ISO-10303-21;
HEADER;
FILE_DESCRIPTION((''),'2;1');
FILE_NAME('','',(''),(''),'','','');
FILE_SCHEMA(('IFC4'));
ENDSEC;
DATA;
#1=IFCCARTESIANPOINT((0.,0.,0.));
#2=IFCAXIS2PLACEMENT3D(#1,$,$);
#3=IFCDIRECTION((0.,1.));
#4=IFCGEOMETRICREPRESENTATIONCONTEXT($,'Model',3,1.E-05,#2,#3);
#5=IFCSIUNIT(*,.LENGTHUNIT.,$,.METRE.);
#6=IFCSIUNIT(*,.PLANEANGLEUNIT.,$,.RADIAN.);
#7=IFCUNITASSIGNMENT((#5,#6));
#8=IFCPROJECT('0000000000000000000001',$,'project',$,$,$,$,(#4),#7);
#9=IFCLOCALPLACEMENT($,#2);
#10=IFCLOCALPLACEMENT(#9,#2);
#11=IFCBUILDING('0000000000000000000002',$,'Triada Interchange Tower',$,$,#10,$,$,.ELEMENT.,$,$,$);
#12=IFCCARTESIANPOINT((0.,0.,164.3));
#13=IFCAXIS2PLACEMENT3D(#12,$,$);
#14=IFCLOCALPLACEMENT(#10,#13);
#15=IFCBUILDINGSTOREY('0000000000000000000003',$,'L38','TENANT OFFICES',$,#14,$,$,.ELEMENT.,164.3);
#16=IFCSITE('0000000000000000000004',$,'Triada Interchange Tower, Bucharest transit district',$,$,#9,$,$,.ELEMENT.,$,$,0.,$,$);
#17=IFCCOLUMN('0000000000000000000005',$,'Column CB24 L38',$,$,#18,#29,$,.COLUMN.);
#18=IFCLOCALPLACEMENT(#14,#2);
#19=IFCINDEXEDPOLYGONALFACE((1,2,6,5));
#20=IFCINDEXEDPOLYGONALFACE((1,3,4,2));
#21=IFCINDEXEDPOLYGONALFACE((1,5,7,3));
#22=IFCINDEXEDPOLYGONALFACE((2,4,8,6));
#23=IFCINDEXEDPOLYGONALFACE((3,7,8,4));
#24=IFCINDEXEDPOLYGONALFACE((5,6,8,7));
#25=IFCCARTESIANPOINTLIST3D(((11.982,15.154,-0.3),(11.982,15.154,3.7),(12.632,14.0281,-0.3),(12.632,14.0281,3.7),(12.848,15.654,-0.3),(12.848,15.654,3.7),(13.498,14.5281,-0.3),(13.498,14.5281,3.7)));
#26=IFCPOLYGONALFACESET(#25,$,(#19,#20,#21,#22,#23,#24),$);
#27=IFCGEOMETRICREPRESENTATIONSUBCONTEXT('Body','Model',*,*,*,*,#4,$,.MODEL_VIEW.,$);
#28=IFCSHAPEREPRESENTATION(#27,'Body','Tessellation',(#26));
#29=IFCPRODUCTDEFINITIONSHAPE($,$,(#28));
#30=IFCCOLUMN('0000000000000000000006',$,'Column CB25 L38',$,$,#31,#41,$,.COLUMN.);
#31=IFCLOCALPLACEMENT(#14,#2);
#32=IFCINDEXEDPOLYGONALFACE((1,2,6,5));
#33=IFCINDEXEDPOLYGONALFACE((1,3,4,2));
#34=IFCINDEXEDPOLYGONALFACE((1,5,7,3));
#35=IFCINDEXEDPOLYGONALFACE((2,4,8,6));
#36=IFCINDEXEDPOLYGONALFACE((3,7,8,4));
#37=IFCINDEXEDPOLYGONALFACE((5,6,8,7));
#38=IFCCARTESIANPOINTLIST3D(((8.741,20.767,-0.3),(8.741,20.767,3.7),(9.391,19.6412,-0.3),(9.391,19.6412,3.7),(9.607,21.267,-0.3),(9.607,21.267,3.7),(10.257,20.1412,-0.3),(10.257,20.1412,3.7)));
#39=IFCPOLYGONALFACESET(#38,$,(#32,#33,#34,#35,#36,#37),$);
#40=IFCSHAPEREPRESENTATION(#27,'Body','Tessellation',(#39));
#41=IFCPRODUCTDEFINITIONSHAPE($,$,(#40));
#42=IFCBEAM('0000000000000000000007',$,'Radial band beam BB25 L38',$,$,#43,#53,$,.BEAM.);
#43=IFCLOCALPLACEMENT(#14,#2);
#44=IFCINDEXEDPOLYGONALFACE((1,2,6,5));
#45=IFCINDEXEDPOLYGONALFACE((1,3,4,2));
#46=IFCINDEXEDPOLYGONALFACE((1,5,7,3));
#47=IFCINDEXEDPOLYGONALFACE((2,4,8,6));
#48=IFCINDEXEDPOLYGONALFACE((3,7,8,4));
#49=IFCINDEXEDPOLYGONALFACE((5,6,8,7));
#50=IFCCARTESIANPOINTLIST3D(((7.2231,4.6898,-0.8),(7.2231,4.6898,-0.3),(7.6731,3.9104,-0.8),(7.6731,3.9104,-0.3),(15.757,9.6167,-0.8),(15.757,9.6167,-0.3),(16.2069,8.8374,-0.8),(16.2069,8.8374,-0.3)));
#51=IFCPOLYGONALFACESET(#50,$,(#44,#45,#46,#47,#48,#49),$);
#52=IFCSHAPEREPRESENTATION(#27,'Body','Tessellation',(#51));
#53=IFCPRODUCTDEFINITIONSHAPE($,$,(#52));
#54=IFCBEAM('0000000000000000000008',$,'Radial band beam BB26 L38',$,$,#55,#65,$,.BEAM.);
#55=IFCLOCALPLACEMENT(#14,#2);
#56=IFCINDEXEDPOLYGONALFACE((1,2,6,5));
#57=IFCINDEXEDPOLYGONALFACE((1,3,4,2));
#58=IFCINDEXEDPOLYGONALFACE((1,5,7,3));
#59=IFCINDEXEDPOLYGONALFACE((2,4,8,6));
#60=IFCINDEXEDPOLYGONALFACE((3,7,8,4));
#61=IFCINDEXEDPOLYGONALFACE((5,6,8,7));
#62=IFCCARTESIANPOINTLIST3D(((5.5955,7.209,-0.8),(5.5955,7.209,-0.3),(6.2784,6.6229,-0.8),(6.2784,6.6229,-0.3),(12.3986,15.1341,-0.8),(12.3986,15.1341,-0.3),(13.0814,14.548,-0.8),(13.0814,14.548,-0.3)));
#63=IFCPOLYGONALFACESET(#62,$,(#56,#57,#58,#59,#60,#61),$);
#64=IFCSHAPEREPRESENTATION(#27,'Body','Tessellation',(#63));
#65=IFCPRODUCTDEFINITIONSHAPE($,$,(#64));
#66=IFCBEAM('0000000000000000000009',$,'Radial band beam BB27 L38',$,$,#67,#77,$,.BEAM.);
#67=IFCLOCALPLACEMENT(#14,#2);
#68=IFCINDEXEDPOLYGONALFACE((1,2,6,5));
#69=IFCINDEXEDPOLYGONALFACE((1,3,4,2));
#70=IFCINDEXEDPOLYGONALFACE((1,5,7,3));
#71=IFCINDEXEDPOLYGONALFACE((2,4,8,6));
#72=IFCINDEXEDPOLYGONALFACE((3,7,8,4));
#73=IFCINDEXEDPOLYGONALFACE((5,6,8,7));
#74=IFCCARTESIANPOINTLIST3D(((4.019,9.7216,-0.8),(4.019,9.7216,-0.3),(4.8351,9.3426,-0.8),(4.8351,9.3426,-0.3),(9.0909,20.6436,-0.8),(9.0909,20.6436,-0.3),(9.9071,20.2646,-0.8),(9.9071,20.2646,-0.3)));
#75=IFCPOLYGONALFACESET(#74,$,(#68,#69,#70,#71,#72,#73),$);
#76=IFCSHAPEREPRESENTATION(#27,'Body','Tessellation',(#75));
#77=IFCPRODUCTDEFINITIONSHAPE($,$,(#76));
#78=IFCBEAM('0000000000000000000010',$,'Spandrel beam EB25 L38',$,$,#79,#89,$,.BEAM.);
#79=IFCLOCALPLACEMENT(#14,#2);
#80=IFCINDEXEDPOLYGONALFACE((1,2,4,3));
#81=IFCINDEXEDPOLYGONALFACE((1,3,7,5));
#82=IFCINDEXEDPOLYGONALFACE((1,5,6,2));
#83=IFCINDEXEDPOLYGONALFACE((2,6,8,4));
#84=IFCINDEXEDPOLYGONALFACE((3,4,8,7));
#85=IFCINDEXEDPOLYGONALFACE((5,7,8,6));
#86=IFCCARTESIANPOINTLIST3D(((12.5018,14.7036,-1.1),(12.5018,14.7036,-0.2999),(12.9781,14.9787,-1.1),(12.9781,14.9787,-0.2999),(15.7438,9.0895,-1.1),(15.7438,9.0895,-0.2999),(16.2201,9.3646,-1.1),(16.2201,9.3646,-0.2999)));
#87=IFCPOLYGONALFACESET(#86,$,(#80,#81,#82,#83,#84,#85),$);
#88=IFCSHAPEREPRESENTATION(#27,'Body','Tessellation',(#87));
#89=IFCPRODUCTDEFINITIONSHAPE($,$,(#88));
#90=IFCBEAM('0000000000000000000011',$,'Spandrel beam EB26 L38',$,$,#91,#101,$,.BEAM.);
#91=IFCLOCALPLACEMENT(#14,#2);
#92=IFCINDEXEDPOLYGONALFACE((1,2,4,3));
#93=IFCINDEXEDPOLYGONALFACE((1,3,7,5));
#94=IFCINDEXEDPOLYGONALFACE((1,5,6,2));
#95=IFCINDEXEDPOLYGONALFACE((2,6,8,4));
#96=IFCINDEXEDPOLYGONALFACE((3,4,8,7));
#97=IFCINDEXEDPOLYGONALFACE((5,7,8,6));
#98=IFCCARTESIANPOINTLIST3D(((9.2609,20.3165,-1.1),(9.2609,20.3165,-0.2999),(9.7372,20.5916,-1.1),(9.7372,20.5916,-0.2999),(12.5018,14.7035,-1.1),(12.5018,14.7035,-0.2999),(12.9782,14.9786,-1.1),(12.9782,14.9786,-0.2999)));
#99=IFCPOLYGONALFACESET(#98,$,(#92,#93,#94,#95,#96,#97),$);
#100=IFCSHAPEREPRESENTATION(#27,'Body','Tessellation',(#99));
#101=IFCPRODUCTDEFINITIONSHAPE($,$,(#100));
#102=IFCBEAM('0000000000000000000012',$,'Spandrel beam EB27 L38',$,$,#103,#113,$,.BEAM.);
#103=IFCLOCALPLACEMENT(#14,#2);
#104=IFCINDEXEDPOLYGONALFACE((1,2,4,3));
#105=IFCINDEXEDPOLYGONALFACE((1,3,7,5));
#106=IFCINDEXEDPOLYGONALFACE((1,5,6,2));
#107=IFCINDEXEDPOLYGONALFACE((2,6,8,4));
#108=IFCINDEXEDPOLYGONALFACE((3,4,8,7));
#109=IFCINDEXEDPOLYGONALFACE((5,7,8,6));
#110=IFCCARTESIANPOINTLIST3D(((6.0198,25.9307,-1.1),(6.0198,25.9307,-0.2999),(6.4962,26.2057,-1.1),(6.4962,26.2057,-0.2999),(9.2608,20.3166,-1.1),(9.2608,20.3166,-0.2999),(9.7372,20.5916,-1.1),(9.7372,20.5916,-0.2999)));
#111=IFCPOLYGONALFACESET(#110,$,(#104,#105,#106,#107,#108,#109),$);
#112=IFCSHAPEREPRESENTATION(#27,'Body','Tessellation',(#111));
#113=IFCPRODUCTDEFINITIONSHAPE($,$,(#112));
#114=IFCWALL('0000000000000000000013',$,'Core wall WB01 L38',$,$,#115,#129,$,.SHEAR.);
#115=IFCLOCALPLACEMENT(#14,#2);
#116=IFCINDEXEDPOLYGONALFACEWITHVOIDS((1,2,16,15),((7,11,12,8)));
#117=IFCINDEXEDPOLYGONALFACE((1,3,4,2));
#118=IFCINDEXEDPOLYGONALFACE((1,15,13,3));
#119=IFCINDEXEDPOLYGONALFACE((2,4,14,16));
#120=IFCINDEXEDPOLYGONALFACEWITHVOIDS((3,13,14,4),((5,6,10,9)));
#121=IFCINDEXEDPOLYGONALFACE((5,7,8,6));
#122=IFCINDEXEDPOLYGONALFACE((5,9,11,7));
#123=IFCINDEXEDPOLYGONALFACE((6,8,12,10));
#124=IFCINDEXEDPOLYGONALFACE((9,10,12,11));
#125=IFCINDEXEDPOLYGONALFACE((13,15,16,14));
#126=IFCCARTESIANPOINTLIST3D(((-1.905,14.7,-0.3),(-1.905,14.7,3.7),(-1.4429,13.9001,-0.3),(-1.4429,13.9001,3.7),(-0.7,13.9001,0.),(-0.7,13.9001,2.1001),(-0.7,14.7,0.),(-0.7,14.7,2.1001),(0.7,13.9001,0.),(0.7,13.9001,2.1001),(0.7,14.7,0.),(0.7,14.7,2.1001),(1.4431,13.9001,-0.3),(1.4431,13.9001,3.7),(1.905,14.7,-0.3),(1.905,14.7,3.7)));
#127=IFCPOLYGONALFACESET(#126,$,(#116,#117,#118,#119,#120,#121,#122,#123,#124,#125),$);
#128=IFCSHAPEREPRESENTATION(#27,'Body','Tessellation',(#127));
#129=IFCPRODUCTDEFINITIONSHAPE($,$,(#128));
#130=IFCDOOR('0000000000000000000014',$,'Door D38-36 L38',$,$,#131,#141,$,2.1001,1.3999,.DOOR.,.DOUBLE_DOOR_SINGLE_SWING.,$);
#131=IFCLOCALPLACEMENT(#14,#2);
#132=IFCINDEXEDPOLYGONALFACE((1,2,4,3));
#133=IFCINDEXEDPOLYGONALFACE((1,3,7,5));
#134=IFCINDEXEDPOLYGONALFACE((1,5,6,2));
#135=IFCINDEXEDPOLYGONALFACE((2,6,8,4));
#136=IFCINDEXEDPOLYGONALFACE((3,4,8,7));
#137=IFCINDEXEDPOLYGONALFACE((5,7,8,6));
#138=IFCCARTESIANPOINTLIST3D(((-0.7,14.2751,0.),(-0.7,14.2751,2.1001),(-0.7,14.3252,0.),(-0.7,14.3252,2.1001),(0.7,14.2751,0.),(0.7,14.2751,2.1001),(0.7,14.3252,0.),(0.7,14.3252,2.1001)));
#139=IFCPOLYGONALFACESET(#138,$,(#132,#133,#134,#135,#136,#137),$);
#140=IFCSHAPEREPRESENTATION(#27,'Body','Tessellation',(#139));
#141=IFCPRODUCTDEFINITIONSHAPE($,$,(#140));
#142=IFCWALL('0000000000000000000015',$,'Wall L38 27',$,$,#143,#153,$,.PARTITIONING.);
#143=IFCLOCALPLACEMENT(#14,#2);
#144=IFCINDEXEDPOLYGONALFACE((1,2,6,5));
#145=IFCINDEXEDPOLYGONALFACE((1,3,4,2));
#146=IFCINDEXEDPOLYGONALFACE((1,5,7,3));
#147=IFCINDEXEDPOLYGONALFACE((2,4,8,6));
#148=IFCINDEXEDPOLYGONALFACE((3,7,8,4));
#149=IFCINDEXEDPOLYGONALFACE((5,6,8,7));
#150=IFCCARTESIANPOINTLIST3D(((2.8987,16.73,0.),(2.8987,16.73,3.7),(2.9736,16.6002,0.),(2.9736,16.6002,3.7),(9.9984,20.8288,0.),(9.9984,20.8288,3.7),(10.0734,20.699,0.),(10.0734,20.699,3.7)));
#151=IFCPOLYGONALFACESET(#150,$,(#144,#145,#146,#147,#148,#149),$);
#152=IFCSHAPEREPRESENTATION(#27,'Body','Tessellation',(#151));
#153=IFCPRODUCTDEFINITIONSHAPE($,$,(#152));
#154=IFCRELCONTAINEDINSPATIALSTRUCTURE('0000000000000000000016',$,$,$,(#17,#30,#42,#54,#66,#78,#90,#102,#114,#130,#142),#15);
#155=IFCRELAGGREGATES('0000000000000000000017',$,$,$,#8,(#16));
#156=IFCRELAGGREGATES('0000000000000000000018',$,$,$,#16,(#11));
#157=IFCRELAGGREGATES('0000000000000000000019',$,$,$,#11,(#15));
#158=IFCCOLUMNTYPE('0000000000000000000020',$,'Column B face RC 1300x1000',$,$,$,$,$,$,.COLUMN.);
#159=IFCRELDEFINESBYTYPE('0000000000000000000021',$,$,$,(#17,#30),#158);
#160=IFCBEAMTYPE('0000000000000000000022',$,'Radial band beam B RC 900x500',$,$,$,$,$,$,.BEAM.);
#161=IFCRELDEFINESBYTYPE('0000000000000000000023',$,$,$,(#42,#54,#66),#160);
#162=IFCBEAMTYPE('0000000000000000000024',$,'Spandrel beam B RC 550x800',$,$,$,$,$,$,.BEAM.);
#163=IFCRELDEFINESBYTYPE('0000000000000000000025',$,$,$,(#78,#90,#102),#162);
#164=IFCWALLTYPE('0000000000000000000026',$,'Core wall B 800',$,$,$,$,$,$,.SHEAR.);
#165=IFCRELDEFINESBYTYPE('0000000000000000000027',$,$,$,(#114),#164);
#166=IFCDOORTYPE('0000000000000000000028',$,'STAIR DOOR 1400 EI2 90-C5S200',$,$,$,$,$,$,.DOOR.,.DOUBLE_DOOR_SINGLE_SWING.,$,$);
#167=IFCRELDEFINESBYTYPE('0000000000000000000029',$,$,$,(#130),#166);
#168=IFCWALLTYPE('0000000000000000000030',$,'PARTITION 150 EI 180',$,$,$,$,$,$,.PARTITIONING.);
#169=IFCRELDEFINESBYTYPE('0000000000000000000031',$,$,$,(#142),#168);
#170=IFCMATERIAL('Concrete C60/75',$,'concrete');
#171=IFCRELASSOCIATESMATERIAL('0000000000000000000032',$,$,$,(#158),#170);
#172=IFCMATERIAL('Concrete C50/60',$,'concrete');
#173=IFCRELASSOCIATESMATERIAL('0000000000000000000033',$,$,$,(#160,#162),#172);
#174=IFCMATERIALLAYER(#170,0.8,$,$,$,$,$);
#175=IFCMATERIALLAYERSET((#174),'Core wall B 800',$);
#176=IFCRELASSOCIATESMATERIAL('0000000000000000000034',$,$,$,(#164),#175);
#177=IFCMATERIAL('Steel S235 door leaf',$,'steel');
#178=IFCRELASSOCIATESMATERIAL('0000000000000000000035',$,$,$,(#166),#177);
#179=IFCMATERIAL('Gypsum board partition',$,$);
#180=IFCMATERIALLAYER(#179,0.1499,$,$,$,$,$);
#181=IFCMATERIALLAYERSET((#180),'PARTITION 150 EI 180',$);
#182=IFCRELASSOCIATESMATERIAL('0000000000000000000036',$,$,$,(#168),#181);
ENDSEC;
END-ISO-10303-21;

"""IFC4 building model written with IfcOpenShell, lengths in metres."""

from ifc_helpers import new_model, si_unit, direction, frame, frame_2d, origin, origin_2d, place, context, subcontext, project, spatial, polyline, rectangle, outline, extrude, material, layer, layer_set, material_profile, profile_set, type_object, element, fill, save


model = new_model("IFC4")

# Units and contexts
model_context = context("Model", 3, precision=1e-05, world=origin(), true_north=direction((0.0, 1.0)))
body_context = subcontext(model_context, "Body", "Model", "MODEL_VIEW")
ifc_project = project(units=[si_unit("LENGTHUNIT", "METRE"), si_unit("PLANEANGLEUNIT", "RADIAN")], contexts=[model_context])

# Site, building, storey
site_placement = place(None, origin())
site = spatial("IfcSite", under=ifc_project, at=site_placement, Name="Triada Interchange Tower, Bucharest transit district", CompositionType="ELEMENT", RefElevation=0.0)
building_placement = place(site_placement, origin())
building = spatial("IfcBuilding", under=site, at=building_placement, Name="Triada Interchange Tower", CompositionType="ELEMENT")
storey_placement = place(building_placement, frame((0.0, 0.0, 164.3)))
storey = spatial("IfcBuildingStorey", under=building, at=storey_placement, Name="L38", Description="TENANT OFFICES", CompositionType="ELEMENT", Elevation=164.3)

# Columns
ifc_material_1 = material(Name="Concrete C60/75", Category="concrete")
ifc_material_profile_1 = material_profile(ifc_material_1, rectangle(XDim=1.3, YDim=1.0, at=origin_2d()), Name="RC 1300x1000")
ifc_profile_set_1 = profile_set([ifc_material_profile_1], Name="Concrete C60/75")
column_type = type_object("IfcColumnType", Name="Column B face RC 1300x1000", PredefinedType="COLUMN", material=ifc_profile_set_1)
for number, where, z_axis, x_axis, name in (
    (1, (12.74, 14.8411, -0.3), (0.0, 0.0, 1.0), (-0.5, 0.866025, 0.0), "Column CB24 L38"),
    (2, (9.499, 20.4541, -0.3), (0.0, 0.0, 1.0), (-0.5, 0.866025, 0.0), "Column CB25 L38"),
):
    element("IfcColumn", number, at=place(storey_placement, frame(where, z_axis=z_axis, x_axis=x_axis)), inside=storey, type_object=column_type, Name=name, PredefinedType="COLUMN", context=body_context, shape_type="SweptSolid", body=[
        extrude(rectangle(XDim=1.3, YDim=1.0, at=origin_2d()), origin(), (0.0, 0.0, 1.0), 4.0),
    ])

# Beams
ifc_material_2 = material(Name="Concrete C50/60", Category="concrete")
ifc_material_profile_2 = material_profile(ifc_material_2, rectangle(XDim=0.8999, YDim=0.5, at=origin_2d()), Name="RC 900x500")
ifc_profile_set_2 = profile_set([ifc_material_profile_2], Name="Concrete C50/60")
beam_type_1 = type_object("IfcBeamType", Name="Radial band beam B RC 900x500", PredefinedType="BEAM", material=ifc_profile_set_2)
beam_1_placement = place(storey_placement, frame((15.9819, 9.2271, -0.55), z_axis=(-0.866028, -0.499995, 0.0), x_axis=(0.499995, -0.866028, 0.0)))
element("IfcBeam", 3, at=beam_1_placement, inside=storey, type_object=beam_type_1, Name="Radial band beam BB25 L38", PredefinedType="BEAM", context=body_context, shape_type="SweptSolid", body=[
    extrude(rectangle(XDim=0.8999, YDim=0.5, at=origin_2d()), origin(), (0.0, 0.0, 1.0), 9.854),
])
beam_2_placement = place(storey_placement, frame((12.74, 14.8411, -0.55), z_axis=(-0.651348, -0.75878, 0.0), x_axis=(0.75878, -0.651348, 0.0)))
element("IfcBeam", 4, at=beam_2_placement, inside=storey, type_object=beam_type_1, Name="Radial band beam BB26 L38", PredefinedType="BEAM", context=body_context, shape_type="SweptSolid", body=[
    extrude(rectangle(XDim=0.8999, YDim=0.5, at=origin_2d()), origin(), (0.0, 0.0, 1.0), 10.4446),
])
beam_3_placement = place(storey_placement, frame((9.499, 20.4541, -0.55), z_axis=(-0.421182, -0.906976, 0.0), x_axis=(0.906976, -0.421182, 0.0)))
element("IfcBeam", 5, at=beam_3_placement, inside=storey, type_object=beam_type_1, Name="Radial band beam BB27 L38", PredefinedType="BEAM", context=body_context, shape_type="SweptSolid", body=[
    extrude(rectangle(XDim=0.8999, YDim=0.5, at=origin_2d()), origin(), (0.0, 0.0, 1.0), 12.0422),
])
ifc_material_profile_3 = material_profile(ifc_material_2, rectangle(XDim=0.55, YDim=0.8, at=origin_2d()), Name="RC 550x800")
ifc_profile_set_3 = profile_set([ifc_material_profile_3], Name="Concrete C50/60")
beam_type_2 = type_object("IfcBeamType", Name="Spandrel beam B RC 550x800", PredefinedType="BEAM", material=ifc_profile_set_3)
beam_4_placement = place(storey_placement, frame((15.9819, 9.2271, -0.7), z_axis=(-0.50008, 0.865979, 0.0), x_axis=(-0.865979, -0.50008, 0.0)))
element("IfcBeam", 6, at=beam_4_placement, inside=storey, type_object=beam_type_2, Name="Spandrel beam EB25 L38", PredefinedType="BEAM", context=body_context, shape_type="SweptSolid", body=[
    extrude(rectangle(XDim=0.55, YDim=0.8, at=origin_2d()), origin(), (0.0, 0.0, 1.0), 6.4829),
])
beam_5_placement = place(storey_placement, frame((12.74, 14.8411, -0.7), z_axis=(-0.500032, 0.866007, 0.0), x_axis=(-0.866007, -0.500032, 0.0)))
element("IfcBeam", 7, at=beam_5_placement, inside=storey, type_object=beam_type_2, Name="Spandrel beam EB26 L38", PredefinedType="BEAM", context=body_context, shape_type="SweptSolid", body=[
    extrude(rectangle(XDim=0.55, YDim=0.8, at=origin_2d()), origin(), (0.0, 0.0, 1.0), 6.4814),
])
beam_6_placement = place(storey_placement, frame((9.499, 20.4541, -0.7), z_axis=(-0.499967, 0.866044, 0.0), x_axis=(-0.866044, -0.499967, 0.0)))
element("IfcBeam", 8, at=beam_6_placement, inside=storey, type_object=beam_type_2, Name="Spandrel beam EB27 L38", PredefinedType="BEAM", context=body_context, shape_type="SweptSolid", body=[
    extrude(rectangle(XDim=0.55, YDim=0.8, at=origin_2d()), origin(), (0.0, 0.0, 1.0), 6.4824),
])

# Wall, opening, door
ifc_layer_1 = layer(ifc_material_1, 0.8)
ifc_layer_set_1 = layer_set([ifc_layer_1], Name="Core wall B 800")
wall_type_1 = type_object("IfcWallType", Name="Core wall B 800", PredefinedType="SHEAR", material=ifc_layer_set_1)
wall_1_placement = place(storey_placement, frame((1.6741, 14.3, -0.3), z_axis=(0.0, 0.0, 1.0), x_axis=(-1.0, 0.0, 0.0)))
wall_1 = element("IfcWall", 9, at=wall_1_placement, inside=storey, type_object=wall_type_1, Name="Core wall WB01 L38", PredefinedType="SHEAR", context=body_context, shape_type="SweptSolid", body=[
    extrude(outline(polyline([(-0.231, -0.3999), (1.6741, -0.3999), (3.5791, -0.3999), (3.1169, 0.3999), (1.6738, 0.3999), (0.231, 0.3999), (-0.231, -0.3999)])), origin(), (0.0, 0.0, 1.0), 4.0),
])
opening_1_placement = place(wall_1_placement, frame((0.9741, 0.0, 0.3)))
opening_1 = element("IfcOpeningElement", 10, at=opening_1_placement, cuts=wall_1, PredefinedType="OPENING", context=body_context, shape_type="SweptSolid", body=[
    extrude(rectangle(XDim=1.3999, YDim=2.1001, at=frame_2d((0.7, 1.05))), frame((0.0, 0.4099, 0.0), z_axis=(0.0, -1.0, 0.0), x_axis=(1.0, 0.0, 0.0)), (0.0, 0.0, 1.0), 0.8201),
])
ifc_material_3 = material(Name="Steel S235 door leaf", Category="steel")
door_type_1 = type_object("IfcDoorType", Name="STAIR DOOR 1400 EI2 90-C5S200", OperationType="DOUBLE_DOOR_SINGLE_SWING", PredefinedType="DOOR", material=ifc_material_3)
door_1_placement = place(opening_1_placement, origin())
door_1 = element("IfcDoor", 11, at=door_1_placement, inside=storey, type_object=door_type_1, Name="Door D38-36 L38", OperationType="DOUBLE_DOOR_SINGLE_SWING", OverallHeight=2.1001, OverallWidth=1.3999, PredefinedType="DOOR", context=body_context, shape_type="SweptSolid", body=[
    extrude(rectangle(XDim=1.3999, YDim=2.1001, at=frame_2d((0.7, 1.05))), frame((0.0, 0.0249, 0.0), z_axis=(0.0, -1.0, 0.0), x_axis=(1.0, 0.0, 0.0)), (0.0, 0.0, 1.0), 0.05),
])
fill(opening_1, door_1)

# Wall
ifc_material_4 = material(Name="Gypsum board partition")
ifc_layer_2 = layer(ifc_material_4, 0.1499)
ifc_layer_set_2 = layer_set([ifc_layer_2], Name="PARTITION 150 EI 180")
wall_type_2 = type_object("IfcWallType", Name="PARTITION 150 EI 180", PredefinedType="PARTITIONING", material=ifc_layer_set_2)
wall_2_placement = place(storey_placement, frame((2.936, 16.665, 0.0), z_axis=(0.0, 0.0, 1.0), x_axis=(0.866037, 0.499979, 0.0)))
element("IfcWall", 12, at=wall_2_placement, inside=storey, type_object=wall_type_2, Name="Wall L38 27", PredefinedType="PARTITIONING", context=body_context, shape_type="SweptSolid", body=[
    extrude(rectangle(XDim=8.198, YDim=0.1499, at=frame_2d((4.0991, 0.0))), origin(), (0.0, 0.0, 1.0), 3.7),
])

save(model, "model.ifc")
